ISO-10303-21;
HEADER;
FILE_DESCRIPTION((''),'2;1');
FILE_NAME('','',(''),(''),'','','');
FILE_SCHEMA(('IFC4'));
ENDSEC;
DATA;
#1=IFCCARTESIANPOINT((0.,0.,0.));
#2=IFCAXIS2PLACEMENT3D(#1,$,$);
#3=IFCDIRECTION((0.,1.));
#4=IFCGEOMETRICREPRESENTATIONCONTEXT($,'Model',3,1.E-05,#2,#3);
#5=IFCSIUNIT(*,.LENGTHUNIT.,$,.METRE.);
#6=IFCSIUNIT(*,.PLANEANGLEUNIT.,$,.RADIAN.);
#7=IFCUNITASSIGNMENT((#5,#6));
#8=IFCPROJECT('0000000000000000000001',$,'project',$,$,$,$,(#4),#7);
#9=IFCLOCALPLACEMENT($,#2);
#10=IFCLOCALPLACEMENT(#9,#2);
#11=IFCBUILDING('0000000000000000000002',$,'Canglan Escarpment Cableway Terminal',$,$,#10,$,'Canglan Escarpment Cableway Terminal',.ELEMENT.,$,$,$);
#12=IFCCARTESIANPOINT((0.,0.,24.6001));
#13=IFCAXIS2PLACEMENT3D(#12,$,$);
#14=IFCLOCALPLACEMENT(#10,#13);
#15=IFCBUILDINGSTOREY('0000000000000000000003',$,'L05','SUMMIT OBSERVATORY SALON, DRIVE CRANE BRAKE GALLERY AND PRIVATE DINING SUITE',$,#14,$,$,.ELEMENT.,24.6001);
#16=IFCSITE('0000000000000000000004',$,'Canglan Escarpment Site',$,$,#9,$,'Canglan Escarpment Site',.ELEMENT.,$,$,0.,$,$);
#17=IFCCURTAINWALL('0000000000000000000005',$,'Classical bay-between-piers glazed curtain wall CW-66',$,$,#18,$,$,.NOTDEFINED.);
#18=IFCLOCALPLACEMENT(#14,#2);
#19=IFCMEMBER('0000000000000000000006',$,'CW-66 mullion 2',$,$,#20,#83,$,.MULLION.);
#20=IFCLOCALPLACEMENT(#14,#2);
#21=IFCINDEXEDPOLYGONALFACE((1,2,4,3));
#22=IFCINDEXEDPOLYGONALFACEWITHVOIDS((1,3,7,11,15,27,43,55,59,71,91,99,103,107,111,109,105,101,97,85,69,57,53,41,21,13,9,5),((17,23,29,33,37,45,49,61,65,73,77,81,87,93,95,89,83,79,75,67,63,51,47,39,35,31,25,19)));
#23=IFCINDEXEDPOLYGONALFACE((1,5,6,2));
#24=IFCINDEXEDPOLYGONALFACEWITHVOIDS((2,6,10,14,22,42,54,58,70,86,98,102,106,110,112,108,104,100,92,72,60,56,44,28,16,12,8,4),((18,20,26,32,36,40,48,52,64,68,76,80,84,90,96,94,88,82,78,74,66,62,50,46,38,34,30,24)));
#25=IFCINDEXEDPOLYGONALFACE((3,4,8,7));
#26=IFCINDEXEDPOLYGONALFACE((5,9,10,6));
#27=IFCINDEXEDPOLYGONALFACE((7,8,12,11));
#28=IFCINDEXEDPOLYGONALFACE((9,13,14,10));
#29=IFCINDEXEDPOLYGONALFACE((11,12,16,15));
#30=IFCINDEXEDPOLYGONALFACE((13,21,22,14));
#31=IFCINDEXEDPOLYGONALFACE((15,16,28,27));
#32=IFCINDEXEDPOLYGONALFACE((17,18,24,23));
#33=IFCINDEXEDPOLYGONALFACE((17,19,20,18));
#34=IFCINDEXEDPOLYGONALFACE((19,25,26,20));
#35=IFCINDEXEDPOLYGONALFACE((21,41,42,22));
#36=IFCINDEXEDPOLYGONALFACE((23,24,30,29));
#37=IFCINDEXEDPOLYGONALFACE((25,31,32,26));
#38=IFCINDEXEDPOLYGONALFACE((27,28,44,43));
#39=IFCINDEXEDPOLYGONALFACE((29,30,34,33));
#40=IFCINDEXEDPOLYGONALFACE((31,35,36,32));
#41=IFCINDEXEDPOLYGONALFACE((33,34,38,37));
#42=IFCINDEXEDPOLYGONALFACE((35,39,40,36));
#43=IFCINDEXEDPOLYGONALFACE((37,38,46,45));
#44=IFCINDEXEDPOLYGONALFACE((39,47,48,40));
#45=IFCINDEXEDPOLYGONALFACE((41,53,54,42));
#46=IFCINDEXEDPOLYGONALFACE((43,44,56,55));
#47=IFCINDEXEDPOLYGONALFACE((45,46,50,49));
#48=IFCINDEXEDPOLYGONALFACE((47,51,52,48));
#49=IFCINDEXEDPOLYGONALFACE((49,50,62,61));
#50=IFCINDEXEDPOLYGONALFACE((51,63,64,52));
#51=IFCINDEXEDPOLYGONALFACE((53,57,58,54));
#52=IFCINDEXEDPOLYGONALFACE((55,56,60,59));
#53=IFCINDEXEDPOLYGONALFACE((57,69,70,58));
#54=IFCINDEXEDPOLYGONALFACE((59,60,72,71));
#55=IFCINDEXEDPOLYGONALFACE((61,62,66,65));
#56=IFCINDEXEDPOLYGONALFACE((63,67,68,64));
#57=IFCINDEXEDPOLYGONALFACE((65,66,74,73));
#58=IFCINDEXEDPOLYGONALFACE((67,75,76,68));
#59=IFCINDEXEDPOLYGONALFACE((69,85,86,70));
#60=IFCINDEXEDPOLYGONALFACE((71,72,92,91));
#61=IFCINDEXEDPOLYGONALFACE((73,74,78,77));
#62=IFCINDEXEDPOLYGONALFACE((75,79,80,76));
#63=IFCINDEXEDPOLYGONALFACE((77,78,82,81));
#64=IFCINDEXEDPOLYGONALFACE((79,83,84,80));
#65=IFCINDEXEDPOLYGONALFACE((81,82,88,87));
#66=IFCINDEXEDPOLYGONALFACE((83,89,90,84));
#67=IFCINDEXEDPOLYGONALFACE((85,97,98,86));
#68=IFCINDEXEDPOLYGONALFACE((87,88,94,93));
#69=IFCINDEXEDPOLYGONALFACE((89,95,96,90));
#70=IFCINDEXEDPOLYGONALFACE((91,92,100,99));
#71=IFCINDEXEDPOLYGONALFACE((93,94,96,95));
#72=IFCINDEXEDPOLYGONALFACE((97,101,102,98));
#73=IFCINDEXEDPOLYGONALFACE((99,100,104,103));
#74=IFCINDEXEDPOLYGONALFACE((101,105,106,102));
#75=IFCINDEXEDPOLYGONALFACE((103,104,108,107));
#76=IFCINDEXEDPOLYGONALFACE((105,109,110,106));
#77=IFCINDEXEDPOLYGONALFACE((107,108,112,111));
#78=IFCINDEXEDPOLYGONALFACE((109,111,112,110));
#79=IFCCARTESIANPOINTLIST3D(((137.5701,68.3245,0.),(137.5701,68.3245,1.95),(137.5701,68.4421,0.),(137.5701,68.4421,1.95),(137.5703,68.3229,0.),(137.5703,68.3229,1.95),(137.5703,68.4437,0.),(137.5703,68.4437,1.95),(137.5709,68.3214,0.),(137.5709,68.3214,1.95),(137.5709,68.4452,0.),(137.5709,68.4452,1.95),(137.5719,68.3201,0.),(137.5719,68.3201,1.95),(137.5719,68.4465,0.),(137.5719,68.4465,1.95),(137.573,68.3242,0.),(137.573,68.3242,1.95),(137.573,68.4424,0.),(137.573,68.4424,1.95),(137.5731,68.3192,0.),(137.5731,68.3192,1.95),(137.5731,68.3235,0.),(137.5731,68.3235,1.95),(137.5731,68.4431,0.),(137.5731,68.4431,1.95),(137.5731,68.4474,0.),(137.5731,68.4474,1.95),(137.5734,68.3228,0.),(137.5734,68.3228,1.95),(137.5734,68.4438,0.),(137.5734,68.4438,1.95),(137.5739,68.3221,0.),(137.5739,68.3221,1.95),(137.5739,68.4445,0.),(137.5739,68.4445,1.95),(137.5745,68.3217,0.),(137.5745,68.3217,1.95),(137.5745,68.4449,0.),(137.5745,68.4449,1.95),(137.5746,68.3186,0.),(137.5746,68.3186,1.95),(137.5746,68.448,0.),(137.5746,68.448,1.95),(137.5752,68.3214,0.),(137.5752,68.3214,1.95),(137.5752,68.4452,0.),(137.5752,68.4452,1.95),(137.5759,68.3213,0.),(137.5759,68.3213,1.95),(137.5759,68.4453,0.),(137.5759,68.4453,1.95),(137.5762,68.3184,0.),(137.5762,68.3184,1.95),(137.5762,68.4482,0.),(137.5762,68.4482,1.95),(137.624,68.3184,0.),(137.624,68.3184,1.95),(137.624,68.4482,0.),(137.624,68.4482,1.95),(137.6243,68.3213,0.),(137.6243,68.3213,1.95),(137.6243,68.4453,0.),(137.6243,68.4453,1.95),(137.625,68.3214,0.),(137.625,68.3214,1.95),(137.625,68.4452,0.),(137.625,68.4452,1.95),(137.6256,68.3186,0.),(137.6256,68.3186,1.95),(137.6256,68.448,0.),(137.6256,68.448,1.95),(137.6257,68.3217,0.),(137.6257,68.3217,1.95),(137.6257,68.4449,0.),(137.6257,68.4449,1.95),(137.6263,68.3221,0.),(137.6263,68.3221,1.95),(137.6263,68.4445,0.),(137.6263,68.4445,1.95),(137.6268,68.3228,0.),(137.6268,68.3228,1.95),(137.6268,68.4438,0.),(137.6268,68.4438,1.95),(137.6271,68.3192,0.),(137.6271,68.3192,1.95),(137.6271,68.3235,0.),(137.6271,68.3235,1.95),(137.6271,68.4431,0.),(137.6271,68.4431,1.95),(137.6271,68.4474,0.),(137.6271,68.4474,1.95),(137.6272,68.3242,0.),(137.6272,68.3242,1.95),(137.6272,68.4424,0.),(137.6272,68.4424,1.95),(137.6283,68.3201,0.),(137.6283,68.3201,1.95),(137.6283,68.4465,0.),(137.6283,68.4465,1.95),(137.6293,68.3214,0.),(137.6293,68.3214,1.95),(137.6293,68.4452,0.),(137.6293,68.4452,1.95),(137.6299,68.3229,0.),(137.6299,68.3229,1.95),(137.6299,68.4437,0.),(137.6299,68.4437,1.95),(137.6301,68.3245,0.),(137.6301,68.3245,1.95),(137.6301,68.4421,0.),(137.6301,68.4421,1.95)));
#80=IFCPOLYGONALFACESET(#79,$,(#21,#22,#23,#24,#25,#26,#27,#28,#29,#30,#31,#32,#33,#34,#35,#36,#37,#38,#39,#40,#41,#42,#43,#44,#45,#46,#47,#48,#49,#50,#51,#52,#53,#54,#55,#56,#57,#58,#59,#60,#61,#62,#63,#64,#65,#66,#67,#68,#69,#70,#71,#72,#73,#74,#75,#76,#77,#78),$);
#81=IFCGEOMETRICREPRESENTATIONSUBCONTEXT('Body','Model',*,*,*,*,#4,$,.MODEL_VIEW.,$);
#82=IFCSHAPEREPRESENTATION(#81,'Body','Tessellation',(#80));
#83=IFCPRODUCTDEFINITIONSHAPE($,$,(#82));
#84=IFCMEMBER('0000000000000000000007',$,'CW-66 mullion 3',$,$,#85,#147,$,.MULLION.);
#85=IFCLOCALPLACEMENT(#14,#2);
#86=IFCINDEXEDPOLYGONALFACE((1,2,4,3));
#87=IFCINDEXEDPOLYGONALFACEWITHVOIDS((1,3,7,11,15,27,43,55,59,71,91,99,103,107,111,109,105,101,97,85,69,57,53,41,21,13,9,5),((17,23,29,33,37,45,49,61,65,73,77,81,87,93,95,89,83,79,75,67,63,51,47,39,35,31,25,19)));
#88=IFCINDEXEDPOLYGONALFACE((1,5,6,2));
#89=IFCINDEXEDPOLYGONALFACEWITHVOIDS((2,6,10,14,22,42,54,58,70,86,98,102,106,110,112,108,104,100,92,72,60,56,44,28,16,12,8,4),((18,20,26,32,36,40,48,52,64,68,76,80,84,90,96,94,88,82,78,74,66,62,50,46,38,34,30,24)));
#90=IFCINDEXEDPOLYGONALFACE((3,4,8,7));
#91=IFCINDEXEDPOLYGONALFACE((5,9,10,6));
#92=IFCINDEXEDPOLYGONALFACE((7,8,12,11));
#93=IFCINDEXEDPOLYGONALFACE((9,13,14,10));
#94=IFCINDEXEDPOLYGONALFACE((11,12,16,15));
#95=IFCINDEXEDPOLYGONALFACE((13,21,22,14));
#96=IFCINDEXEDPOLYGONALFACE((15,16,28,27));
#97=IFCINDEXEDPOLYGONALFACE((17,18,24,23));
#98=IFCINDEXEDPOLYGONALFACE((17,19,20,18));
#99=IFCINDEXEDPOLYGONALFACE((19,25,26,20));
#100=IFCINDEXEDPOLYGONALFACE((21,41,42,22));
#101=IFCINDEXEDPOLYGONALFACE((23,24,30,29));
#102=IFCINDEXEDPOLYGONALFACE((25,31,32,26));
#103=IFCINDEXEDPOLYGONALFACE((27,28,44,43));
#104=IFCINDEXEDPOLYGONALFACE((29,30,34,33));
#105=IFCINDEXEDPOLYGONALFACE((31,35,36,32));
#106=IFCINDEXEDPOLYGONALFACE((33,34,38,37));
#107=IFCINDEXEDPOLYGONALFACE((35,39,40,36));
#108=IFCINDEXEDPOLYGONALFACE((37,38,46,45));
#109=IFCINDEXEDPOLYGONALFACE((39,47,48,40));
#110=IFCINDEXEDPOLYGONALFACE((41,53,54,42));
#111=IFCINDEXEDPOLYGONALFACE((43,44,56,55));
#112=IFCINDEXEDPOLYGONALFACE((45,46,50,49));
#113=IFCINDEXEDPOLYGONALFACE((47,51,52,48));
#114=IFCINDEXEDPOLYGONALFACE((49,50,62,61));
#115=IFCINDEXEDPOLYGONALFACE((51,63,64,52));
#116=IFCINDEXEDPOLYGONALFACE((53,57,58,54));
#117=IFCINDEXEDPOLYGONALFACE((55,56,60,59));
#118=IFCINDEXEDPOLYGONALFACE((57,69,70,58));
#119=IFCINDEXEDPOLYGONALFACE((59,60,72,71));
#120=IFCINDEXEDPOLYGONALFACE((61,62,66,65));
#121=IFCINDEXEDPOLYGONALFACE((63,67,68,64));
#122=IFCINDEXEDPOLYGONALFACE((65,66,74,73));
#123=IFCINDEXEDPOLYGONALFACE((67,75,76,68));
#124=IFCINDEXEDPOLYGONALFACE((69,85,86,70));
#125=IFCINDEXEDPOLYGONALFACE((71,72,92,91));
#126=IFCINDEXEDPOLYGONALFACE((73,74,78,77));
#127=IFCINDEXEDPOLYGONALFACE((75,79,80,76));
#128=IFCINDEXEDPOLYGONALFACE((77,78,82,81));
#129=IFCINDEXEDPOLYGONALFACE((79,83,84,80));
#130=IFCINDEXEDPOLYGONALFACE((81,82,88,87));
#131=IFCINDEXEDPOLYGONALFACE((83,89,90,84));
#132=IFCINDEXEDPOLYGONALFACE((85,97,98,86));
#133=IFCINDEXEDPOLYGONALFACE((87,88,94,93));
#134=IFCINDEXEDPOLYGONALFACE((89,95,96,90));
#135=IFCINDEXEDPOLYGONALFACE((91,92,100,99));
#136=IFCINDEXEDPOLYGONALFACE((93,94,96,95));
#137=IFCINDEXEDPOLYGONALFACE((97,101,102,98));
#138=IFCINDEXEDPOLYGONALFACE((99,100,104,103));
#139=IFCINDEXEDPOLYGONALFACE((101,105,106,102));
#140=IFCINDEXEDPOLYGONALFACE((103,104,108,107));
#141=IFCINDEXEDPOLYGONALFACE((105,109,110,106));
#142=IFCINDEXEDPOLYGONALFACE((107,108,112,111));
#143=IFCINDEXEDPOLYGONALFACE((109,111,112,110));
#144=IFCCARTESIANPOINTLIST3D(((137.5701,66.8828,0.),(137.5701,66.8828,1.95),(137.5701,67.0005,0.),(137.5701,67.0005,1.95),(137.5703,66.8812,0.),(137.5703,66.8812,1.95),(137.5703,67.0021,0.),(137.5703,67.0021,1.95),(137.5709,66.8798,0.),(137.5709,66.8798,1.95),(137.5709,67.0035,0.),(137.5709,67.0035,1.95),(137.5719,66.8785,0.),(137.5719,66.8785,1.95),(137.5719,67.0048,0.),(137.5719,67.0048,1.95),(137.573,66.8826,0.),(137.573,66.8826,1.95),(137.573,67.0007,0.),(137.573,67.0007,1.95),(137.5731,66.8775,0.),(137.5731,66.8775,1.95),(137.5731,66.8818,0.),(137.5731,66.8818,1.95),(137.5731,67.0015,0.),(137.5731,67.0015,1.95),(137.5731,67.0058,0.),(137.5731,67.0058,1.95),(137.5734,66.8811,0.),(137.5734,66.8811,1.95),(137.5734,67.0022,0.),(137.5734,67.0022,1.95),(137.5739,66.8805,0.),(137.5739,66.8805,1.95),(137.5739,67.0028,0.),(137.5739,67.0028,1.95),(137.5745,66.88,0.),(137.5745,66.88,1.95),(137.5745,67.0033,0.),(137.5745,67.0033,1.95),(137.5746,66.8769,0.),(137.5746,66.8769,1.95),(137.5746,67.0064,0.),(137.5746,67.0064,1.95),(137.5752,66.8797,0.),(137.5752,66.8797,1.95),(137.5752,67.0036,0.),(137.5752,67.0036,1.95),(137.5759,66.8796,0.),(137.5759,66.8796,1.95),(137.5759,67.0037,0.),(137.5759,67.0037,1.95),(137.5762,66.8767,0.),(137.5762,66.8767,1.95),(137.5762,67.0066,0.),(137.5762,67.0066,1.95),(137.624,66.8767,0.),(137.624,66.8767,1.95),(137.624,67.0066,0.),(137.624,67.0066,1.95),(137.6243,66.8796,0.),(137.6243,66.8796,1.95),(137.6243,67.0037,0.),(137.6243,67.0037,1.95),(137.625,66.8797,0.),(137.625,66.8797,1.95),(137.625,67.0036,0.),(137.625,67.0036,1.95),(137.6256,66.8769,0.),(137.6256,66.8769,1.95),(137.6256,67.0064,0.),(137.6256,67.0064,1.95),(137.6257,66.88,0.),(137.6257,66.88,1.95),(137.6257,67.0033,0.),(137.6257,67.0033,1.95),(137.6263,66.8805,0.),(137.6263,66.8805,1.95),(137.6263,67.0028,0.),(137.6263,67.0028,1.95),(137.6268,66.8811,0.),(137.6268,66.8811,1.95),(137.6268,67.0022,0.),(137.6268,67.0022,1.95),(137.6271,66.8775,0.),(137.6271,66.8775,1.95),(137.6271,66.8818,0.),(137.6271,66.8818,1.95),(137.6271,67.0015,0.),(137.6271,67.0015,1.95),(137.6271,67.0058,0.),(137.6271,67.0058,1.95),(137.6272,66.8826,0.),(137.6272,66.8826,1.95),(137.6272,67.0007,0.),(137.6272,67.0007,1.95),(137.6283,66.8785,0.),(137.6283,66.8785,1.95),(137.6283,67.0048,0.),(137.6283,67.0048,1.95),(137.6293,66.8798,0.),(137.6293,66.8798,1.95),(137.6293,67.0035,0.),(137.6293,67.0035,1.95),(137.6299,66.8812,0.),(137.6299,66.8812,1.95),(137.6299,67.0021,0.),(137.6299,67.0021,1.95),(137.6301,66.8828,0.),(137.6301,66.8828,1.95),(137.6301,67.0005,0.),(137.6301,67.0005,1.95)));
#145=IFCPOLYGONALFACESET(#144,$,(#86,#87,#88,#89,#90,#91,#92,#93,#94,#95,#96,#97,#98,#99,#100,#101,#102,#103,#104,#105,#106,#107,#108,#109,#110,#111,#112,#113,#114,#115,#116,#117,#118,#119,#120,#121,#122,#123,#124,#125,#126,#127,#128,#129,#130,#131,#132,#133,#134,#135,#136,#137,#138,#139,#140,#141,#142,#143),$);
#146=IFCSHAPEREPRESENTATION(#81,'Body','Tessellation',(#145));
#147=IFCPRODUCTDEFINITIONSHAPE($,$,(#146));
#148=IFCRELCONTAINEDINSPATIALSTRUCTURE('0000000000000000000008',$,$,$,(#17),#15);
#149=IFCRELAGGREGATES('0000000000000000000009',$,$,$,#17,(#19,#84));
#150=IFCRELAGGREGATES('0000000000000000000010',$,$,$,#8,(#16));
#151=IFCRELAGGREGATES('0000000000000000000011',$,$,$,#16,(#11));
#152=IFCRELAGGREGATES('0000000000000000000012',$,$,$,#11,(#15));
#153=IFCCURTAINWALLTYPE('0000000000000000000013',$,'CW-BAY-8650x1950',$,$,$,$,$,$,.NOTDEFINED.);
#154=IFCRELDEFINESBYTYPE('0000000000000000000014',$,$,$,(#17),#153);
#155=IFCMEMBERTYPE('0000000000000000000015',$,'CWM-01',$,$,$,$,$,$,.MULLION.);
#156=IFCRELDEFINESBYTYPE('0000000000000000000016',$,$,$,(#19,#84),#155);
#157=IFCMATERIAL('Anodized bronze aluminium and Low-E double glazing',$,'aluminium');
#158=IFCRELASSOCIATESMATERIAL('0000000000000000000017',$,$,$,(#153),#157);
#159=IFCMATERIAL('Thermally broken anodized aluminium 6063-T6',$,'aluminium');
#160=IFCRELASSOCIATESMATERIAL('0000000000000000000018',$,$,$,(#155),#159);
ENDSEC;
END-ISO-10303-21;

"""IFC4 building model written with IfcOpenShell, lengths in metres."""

from ifc_helpers import new_model, si_unit, direction, frame, origin, origin_2d, place, context, subcontext, project, spatial, hollow_rectangle, extrude, material, material_profile, profile_set, type_object, element, aggregate, save


model = new_model("IFC4")

# Units and contexts
model_context = context("Model", 3, precision=1e-05, world=origin(), true_north=direction((0.0, 1.0)))
body_context = subcontext(model_context, "Body", "Model", "MODEL_VIEW")
ifc_project = project(units=[si_unit("LENGTHUNIT", "METRE"), si_unit("PLANEANGLEUNIT", "RADIAN")], contexts=[model_context])

# Site, building, storey
site_placement = place(None, origin())
site = spatial("IfcSite", under=ifc_project, at=site_placement, Name="Canglan Escarpment Site", LongName="Canglan Escarpment Site", CompositionType="ELEMENT", RefElevation=0.0)
building_placement = place(site_placement, origin())
building = spatial("IfcBuilding", under=site, at=building_placement, Name="Canglan Escarpment Cableway Terminal", LongName="Canglan Escarpment Cableway Terminal", CompositionType="ELEMENT")
storey_placement = place(building_placement, frame((0.0, 0.0, 24.6001)))
storey = spatial("IfcBuildingStorey", under=building, at=storey_placement, Name="L05", Description="SUMMIT OBSERVATORY SALON, DRIVE CRANE BRAKE GALLERY AND PRIVATE DINING SUITE", CompositionType="ELEMENT", Elevation=24.6001)

# Curtain wall, members
ifc_material_1 = material(Name="Anodized bronze aluminium and Low-E double glazing", Category="aluminium")
curtain_wall_type = type_object("IfcCurtainWallType", Name="CW-BAY-8650x1950", PredefinedType="NOTDEFINED", material=ifc_material_1)
curtain_wall_placement = place(storey_placement, origin())
curtain_wall = element("IfcCurtainWall", 1, at=curtain_wall_placement, inside=storey, type_object=curtain_wall_type, Name="Classical bay-between-piers glazed curtain wall CW-66", PredefinedType="NOTDEFINED")
ifc_material_2 = material(Name="Thermally broken anodized aluminium 6063-T6", Category="aluminium")
ifc_material_profile_1 = material_profile(ifc_material_2, hollow_rectangle(XDim=0.0601, YDim=0.1299, WallThickness=0.0029, InnerFilletRadius=0.0029, OuterFilletRadius=0.0061, at=origin_2d()), Name="ALU-MULL 60x130x3")
ifc_profile_set_1 = profile_set([ifc_material_profile_1], Name="Thermally broken anodized aluminium 6063-T6")
member_type_1 = type_object("IfcMemberType", Name="CWM-01", PredefinedType="MULLION", material=ifc_profile_set_1)
member_1_placement = place(storey_placement, frame((137.6001, 68.3833, 0.0), z_axis=(0.0, 0.0, 1.0), x_axis=(1.0, 0.0, 0.0)))
member_1 = element("IfcMember", 2, at=member_1_placement, type_object=member_type_1, Name="CW-66 mullion 2", PredefinedType="MULLION", context=body_context, shape_type="SweptSolid", body=[
    extrude(hollow_rectangle(XDim=0.0601, YDim=0.1299, WallThickness=0.0029, InnerFilletRadius=0.0029, OuterFilletRadius=0.0061, at=origin_2d()), origin(), (0.0, 0.0, 1.0), 1.95),
])
member_2_placement = place(storey_placement, frame((137.6001, 66.9417, 0.0), z_axis=(0.0, 0.0, 1.0), x_axis=(1.0, 0.0, 0.0)))
member_2 = element("IfcMember", 3, at=member_2_placement, type_object=member_type_1, Name="CW-66 mullion 3", PredefinedType="MULLION", context=body_context, shape_type="SweptSolid", body=[
    extrude(hollow_rectangle(XDim=0.0601, YDim=0.1299, WallThickness=0.0029, InnerFilletRadius=0.0029, OuterFilletRadius=0.0061, at=origin_2d()), origin(), (0.0, 0.0, 1.0), 1.95),
])
aggregate(curtain_wall, [member_1, member_2])

save(model, "model.ifc")
